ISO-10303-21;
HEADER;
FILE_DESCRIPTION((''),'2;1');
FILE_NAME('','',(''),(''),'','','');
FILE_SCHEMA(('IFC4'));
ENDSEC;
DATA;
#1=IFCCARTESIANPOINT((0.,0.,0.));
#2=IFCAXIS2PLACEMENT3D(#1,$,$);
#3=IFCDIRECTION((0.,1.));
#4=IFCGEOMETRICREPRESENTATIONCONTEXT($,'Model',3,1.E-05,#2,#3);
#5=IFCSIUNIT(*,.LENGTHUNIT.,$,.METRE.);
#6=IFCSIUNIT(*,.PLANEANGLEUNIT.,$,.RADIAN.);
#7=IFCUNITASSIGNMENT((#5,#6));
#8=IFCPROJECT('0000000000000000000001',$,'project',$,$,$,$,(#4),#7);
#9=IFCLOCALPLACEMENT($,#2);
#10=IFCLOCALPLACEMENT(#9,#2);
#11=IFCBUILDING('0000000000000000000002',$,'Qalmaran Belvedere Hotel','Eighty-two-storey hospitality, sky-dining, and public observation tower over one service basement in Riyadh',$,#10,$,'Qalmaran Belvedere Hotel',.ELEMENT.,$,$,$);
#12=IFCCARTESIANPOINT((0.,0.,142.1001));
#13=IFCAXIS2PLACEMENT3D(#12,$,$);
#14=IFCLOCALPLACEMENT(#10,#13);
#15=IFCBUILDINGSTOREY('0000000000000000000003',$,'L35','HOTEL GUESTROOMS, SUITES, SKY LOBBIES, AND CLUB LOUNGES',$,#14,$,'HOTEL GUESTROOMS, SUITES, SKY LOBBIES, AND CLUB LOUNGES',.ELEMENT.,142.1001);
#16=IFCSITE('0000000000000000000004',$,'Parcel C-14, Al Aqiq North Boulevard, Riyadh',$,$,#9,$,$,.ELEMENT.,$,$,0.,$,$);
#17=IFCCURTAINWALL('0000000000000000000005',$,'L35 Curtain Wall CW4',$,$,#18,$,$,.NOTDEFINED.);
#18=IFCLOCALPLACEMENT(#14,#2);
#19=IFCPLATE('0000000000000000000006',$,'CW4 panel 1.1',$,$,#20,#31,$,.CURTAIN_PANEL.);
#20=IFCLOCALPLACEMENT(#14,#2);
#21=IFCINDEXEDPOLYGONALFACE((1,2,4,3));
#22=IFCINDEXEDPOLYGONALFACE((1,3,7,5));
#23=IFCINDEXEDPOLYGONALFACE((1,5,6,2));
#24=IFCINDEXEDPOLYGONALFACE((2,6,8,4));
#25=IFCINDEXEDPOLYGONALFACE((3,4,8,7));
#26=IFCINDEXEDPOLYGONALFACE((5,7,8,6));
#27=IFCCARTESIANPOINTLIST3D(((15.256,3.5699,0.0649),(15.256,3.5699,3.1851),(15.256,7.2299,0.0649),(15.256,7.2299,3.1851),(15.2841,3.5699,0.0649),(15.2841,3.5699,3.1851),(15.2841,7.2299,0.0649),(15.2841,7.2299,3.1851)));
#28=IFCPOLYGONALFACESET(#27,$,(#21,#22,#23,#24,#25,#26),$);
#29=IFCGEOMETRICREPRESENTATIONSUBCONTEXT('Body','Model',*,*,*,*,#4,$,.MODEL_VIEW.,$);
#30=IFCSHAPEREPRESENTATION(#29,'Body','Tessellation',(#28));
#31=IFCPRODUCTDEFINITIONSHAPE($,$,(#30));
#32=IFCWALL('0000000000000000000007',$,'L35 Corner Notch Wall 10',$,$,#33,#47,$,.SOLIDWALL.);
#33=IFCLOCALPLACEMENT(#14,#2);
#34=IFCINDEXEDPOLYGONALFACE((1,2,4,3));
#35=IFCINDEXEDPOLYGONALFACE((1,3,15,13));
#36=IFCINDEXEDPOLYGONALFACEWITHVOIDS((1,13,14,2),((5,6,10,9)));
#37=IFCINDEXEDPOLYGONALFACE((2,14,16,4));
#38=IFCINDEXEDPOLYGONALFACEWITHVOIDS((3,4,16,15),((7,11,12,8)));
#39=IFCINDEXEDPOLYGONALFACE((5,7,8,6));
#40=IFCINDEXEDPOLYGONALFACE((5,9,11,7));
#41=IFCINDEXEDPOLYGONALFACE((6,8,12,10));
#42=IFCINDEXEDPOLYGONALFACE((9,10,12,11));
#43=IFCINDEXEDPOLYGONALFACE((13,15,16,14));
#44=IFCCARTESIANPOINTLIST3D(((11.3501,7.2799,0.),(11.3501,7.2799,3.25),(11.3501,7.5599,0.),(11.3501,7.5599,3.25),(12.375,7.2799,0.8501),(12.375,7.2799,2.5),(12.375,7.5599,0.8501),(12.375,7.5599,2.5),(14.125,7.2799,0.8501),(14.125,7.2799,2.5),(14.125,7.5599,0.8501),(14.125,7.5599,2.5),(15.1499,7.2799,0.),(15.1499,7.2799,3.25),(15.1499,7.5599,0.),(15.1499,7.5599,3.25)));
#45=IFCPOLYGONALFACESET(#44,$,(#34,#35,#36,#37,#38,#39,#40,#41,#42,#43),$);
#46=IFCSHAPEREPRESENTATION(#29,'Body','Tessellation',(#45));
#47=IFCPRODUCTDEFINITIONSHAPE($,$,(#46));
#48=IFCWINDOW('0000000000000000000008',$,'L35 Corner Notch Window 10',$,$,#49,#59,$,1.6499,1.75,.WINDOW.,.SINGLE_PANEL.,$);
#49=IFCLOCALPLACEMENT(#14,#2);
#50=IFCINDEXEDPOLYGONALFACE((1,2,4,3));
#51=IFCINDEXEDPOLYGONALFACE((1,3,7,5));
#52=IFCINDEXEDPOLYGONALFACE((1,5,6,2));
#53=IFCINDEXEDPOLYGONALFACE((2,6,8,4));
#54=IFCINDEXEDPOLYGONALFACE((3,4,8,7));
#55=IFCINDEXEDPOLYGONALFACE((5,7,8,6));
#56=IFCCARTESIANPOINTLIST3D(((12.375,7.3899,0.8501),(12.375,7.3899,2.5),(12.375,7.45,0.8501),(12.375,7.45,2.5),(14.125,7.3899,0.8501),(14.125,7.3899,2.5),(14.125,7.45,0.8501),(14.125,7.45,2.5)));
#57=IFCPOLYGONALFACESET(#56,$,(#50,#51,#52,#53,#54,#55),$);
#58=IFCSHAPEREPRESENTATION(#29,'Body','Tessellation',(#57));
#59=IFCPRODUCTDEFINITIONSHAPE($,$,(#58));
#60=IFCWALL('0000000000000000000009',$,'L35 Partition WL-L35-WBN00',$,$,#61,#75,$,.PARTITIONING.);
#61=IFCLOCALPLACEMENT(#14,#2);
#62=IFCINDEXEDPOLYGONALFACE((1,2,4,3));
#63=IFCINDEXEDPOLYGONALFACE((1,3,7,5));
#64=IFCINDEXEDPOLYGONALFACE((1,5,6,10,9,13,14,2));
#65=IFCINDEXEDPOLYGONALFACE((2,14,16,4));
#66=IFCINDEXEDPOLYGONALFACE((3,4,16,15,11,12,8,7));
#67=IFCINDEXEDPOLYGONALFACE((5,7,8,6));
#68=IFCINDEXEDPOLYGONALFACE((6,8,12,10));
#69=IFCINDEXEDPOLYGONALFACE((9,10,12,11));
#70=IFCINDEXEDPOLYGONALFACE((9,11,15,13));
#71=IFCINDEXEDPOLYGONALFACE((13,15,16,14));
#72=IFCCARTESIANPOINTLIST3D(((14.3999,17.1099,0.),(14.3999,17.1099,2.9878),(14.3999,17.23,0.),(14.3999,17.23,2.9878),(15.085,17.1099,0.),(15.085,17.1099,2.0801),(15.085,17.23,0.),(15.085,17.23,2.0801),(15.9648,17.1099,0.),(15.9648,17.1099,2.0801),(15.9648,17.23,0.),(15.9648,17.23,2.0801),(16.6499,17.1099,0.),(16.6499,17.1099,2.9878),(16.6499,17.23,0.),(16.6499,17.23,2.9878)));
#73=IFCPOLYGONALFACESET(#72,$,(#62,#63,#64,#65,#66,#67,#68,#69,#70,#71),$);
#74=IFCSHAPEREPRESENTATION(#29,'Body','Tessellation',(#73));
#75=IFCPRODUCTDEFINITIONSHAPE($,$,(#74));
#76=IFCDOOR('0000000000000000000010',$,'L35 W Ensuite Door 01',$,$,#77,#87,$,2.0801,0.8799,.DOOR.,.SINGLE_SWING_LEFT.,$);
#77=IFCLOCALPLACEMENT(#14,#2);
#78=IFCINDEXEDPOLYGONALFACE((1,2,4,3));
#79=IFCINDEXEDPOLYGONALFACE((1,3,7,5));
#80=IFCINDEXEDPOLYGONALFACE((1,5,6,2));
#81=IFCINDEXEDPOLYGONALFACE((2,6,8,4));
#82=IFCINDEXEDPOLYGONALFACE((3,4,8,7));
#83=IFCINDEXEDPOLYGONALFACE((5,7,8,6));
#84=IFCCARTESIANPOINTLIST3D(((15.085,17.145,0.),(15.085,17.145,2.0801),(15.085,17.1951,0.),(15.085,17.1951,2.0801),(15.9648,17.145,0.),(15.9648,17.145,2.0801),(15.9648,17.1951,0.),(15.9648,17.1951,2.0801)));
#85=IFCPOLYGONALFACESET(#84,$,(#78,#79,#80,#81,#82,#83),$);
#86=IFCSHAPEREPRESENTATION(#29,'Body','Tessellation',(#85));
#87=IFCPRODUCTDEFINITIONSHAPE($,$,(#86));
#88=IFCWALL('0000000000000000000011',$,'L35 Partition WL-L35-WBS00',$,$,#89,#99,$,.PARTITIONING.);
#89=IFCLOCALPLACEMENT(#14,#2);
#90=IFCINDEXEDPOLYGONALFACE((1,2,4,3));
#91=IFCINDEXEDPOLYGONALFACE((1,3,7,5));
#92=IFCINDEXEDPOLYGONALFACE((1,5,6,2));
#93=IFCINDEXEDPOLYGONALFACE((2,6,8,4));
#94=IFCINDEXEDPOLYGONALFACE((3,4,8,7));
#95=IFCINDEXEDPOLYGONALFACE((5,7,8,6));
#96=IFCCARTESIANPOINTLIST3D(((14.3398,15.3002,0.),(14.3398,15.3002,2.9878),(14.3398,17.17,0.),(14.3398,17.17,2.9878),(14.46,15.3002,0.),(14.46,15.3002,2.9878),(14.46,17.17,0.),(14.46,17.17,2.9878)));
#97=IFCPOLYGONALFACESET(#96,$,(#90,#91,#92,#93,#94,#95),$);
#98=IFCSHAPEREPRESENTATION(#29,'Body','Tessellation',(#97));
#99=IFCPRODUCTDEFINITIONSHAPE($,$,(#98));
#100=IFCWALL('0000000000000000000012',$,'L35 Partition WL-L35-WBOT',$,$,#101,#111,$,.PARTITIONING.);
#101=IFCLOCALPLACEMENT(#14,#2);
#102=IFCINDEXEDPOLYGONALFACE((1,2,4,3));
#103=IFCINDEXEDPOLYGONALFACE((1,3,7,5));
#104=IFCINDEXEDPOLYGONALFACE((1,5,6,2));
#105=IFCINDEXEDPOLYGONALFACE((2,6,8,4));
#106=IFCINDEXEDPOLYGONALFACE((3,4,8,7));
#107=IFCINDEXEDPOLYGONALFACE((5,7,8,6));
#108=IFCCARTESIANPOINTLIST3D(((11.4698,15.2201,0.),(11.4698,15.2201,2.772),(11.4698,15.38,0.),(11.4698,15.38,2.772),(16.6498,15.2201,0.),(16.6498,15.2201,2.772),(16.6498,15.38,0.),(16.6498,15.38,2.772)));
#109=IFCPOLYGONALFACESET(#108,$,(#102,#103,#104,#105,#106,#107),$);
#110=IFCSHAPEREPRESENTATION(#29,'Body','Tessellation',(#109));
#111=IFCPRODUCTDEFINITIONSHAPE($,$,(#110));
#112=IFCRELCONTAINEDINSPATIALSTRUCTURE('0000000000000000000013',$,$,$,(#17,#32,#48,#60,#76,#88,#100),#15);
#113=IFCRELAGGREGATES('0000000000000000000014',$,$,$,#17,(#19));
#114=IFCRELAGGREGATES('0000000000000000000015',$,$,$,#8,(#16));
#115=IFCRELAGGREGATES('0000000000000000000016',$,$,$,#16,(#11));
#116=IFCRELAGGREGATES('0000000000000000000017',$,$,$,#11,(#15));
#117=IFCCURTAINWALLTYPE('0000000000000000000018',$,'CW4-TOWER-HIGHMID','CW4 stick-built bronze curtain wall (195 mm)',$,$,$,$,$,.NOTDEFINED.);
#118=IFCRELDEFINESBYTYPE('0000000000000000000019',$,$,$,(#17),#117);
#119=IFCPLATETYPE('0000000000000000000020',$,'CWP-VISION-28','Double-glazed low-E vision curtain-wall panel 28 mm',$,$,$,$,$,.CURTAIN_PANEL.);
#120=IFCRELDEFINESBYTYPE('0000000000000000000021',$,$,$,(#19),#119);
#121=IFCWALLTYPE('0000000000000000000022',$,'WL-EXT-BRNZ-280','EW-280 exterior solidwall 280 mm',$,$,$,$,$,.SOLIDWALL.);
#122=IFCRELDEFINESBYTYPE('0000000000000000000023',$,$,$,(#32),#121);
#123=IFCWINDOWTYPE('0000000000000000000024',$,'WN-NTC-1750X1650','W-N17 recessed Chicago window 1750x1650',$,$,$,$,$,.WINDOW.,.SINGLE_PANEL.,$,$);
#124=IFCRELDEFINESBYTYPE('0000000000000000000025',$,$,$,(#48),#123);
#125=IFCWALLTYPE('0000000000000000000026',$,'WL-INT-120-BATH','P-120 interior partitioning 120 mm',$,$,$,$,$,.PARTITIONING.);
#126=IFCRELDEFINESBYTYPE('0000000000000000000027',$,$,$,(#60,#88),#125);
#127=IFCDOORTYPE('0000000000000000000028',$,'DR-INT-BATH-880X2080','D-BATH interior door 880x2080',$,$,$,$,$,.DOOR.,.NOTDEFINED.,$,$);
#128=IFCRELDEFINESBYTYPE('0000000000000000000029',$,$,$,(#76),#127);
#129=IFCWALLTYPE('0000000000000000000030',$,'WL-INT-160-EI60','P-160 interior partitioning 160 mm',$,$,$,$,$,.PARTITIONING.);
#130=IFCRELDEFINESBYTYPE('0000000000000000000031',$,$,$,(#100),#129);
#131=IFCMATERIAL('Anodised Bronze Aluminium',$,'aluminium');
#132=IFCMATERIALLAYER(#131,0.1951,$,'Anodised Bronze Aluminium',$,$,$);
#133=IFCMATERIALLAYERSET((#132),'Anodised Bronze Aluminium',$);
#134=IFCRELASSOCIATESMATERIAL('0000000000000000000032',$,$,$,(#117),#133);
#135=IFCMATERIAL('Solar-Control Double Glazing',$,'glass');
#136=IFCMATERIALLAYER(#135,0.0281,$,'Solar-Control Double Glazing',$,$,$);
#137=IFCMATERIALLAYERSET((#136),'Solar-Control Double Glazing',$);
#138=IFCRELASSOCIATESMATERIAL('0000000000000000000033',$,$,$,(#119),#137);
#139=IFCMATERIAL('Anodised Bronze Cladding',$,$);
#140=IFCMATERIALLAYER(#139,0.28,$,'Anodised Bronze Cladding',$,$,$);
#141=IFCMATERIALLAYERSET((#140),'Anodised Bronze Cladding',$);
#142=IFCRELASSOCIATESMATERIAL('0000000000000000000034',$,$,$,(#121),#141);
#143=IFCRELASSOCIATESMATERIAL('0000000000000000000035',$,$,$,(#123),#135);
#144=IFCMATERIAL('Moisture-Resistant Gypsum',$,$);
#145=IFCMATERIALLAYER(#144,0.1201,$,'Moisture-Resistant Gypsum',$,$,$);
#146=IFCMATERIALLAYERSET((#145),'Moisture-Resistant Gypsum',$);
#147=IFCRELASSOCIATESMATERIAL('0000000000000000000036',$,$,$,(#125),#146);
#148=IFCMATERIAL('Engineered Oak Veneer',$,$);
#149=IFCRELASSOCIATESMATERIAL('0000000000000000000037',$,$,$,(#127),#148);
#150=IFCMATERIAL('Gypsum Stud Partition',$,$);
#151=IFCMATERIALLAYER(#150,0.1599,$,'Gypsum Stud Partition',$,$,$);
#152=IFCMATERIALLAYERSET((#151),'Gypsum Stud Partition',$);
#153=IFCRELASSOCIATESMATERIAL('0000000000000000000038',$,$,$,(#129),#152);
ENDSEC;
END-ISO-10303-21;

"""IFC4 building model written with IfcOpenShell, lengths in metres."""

from ifc_helpers import new_model, si_unit, direction, frame, frame_2d, origin, origin_2d, place, context, subcontext, project, spatial, rectangle, extrude, material, layer, layer_set, type_object, element, fill, aggregate, save


model = new_model("IFC4")

# Units and contexts
model_context = context("Model", 3, precision=1e-05, world=origin(), true_north=direction((0.0, 1.0)))
body_context = subcontext(model_context, "Body", "Model", "MODEL_VIEW")
ifc_project = project(units=[si_unit("LENGTHUNIT", "METRE"), si_unit("PLANEANGLEUNIT", "RADIAN")], contexts=[model_context])

# Site, building, storey
site_placement = place(None, origin())
site = spatial("IfcSite", under=ifc_project, at=site_placement, Name="Parcel C-14, Al Aqiq North Boulevard, Riyadh", CompositionType="ELEMENT", RefElevation=0.0)
building_placement = place(site_placement, origin())
building = spatial("IfcBuilding", under=site, at=building_placement, Name="Qalmaran Belvedere Hotel", Description="Eighty-two-storey hospitality, sky-dining, and public observation tower over one service basement in Riyadh", LongName="Qalmaran Belvedere Hotel", CompositionType="ELEMENT")
storey_placement = place(building_placement, frame((0.0, 0.0, 142.1001)))
storey = spatial("IfcBuildingStorey", under=building, at=storey_placement, Name="L35", Description="HOTEL GUESTROOMS, SUITES, SKY LOBBIES, AND CLUB LOUNGES", LongName="HOTEL GUESTROOMS, SUITES, SKY LOBBIES, AND CLUB LOUNGES", CompositionType="ELEMENT", Elevation=142.1001)

# Shared definitions
ifc_material_1 = material(Name="Anodised Bronze Aluminium", Category="aluminium")
ifc_layer_1 = layer(ifc_material_1, 0.1951, Name="Anodised Bronze Aluminium")
ifc_layer_set_1 = layer_set([ifc_layer_1], Name="Anodised Bronze Aluminium")
curtain_wall_type = type_object("IfcCurtainWallType", Name="CW4-TOWER-HIGHMID", Description="CW4 stick-built bronze curtain wall (195 mm)", PredefinedType="NOTDEFINED", material=ifc_layer_set_1)

# Curtain wall
curtain_wall_1_placement = place(storey_placement, origin())
curtain_wall_1 = element("IfcCurtainWall", 1, at=curtain_wall_1_placement, inside=storey, type_object=curtain_wall_type, Name="L35 Curtain Wall CW4", PredefinedType="NOTDEFINED")

# Plate
ifc_material_2 = material(Name="Solar-Control Double Glazing", Category="glass")
ifc_layer_2 = layer(ifc_material_2, 0.0281, Name="Solar-Control Double Glazing")
ifc_layer_set_2 = layer_set([ifc_layer_2], Name="Solar-Control Double Glazing")
plate_type = type_object("IfcPlateType", Name="CWP-VISION-28", Description="Double-glazed low-E vision curtain-wall panel 28 mm", PredefinedType="CURTAIN_PANEL", material=ifc_layer_set_2)
plate_1_placement = place(storey_placement, frame((15.27, 5.3999, 0.0649), z_axis=(0.0, 0.0, 1.0), x_axis=(0.0, -1.0, 0.0)))
plate_1 = element("IfcPlate", 2, at=plate_1_placement, type_object=plate_type, Name="CW4 panel 1.1", PredefinedType="CURTAIN_PANEL", context=body_context, shape_type="SweptSolid", body=[
    extrude(rectangle(XDim=3.6599, YDim=0.0281, at=origin_2d()), origin(), (0.0, 0.0, 1.0), 3.1201),
])
aggregate(curtain_wall_1, [plate_1])

# Wall, opening, window
ifc_material_3 = material(Name="Anodised Bronze Cladding")
ifc_layer_3 = layer(ifc_material_3, 0.28, Name="Anodised Bronze Cladding")
ifc_layer_set_3 = layer_set([ifc_layer_3], Name="Anodised Bronze Cladding")
wall_type_1 = type_object("IfcWallType", Name="WL-EXT-BRNZ-280", Description="EW-280 exterior solidwall 280 mm", PredefinedType="SOLIDWALL", material=ifc_layer_set_3)
wall_1_placement = place(storey_placement, frame((11.3501, 7.4199, 0.0), z_axis=(0.0, 0.0, 1.0), x_axis=(1.0, 0.0, 0.0)))
wall_1 = element("IfcWall", 3, at=wall_1_placement, inside=storey, type_object=wall_type_1, Name="L35 Corner Notch Wall 10", PredefinedType="SOLIDWALL", context=body_context, shape_type="SweptSolid", body=[
    extrude(rectangle(XDim=3.7998, YDim=0.28, at=frame_2d((1.8999, 0.0))), origin(), (0.0, 0.0, 1.0), 3.25),
])
opening_1_placement = place(wall_1_placement, frame((1.0249, 0.0, 0.8501)))
opening_1 = element("IfcOpeningElement", 4, at=opening_1_placement, cuts=wall_1, PredefinedType="OPENING", context=body_context, shape_type="SweptSolid", body=[
    extrude(rectangle(XDim=1.75, YDim=1.6499, at=frame_2d((0.875, 0.825))), frame((0.0, 0.1499, 0.0), z_axis=(0.0, -1.0, 0.0), x_axis=(1.0, 0.0, 0.0)), (0.0, 0.0, 1.0), 0.3),
])
window_type = type_object("IfcWindowType", Name="WN-NTC-1750X1650", Description="W-N17 recessed Chicago window 1750x1650", PartitioningType="SINGLE_PANEL", PredefinedType="WINDOW", material=ifc_material_2)
window_placement = place(opening_1_placement, origin())
window = element("IfcWindow", 5, at=window_placement, inside=storey, type_object=window_type, Name="L35 Corner Notch Window 10", OverallHeight=1.6499, OverallWidth=1.75, PartitioningType="SINGLE_PANEL", PredefinedType="WINDOW", context=body_context, shape_type="SweptSolid", body=[
    extrude(rectangle(XDim=1.75, YDim=1.6499, at=frame_2d((0.875, 0.825))), frame((0.0, 0.03, 0.0), z_axis=(0.0, -1.0, 0.0), x_axis=(1.0, 0.0, 0.0)), (0.0, 0.0, 1.0), 0.0601),
])
fill(opening_1, window)

# Wall, opening, door
ifc_material_4 = material(Name="Moisture-Resistant Gypsum")
ifc_layer_4 = layer(ifc_material_4, 0.1201, Name="Moisture-Resistant Gypsum")
ifc_layer_set_4 = layer_set([ifc_layer_4], Name="Moisture-Resistant Gypsum")
wall_type_2 = type_object("IfcWallType", Name="WL-INT-120-BATH", Description="P-120 interior partitioning 120 mm", PredefinedType="PARTITIONING", material=ifc_layer_set_4)
wall_2_placement = place(storey_placement, frame((14.3999, 17.1699, 0.0), z_axis=(0.0, 0.0, 1.0), x_axis=(1.0, 0.0, 0.0)))
wall_2 = element("IfcWall", 6, at=wall_2_placement, inside=storey, type_object=wall_type_2, Name="L35 Partition WL-L35-WBN00", PredefinedType="PARTITIONING", context=body_context, shape_type="SweptSolid", body=[
    extrude(rectangle(XDim=2.25, YDim=0.1201, at=frame_2d((1.125, 0.0))), origin(), (0.0, 0.0, 1.0), 2.9878),
])
opening_2_placement = place(wall_2_placement, frame((1.5649, 0.0, 0.0), z_axis=(0.0, 0.0, 1.0), x_axis=(-1.0, 0.0, 0.0)))
opening_2 = element("IfcOpeningElement", 7, at=opening_2_placement, cuts=wall_2, PredefinedType="OPENING", context=body_context, shape_type="SweptSolid", body=[
    extrude(rectangle(XDim=0.8799, YDim=2.0801, at=frame_2d((0.4399, 1.04))), frame((0.0, 0.0701, 0.0), z_axis=(0.0, -1.0, 0.0), x_axis=(1.0, 0.0, 0.0)), (0.0, 0.0, 1.0), 0.1401),
])
ifc_material_5 = material(Name="Engineered Oak Veneer")
door_type = type_object("IfcDoorType", Name="DR-INT-BATH-880X2080", Description="D-BATH interior door 880x2080", OperationType="NOTDEFINED", PredefinedType="DOOR", material=ifc_material_5)
door_placement = place(opening_2_placement, origin())
door = element("IfcDoor", 8, at=door_placement, inside=storey, type_object=door_type, Name="L35 W Ensuite Door 01", OperationType="SINGLE_SWING_LEFT", OverallHeight=2.0801, OverallWidth=0.8799, PredefinedType="DOOR", context=body_context, shape_type="SweptSolid", body=[
    extrude(rectangle(XDim=0.8799, YDim=2.0801, at=frame_2d((0.4399, 1.04))), frame((0.0, 0.0249, 0.0), z_axis=(0.0, -1.0, 0.0), x_axis=(1.0, 0.0, 0.0)), (0.0, 0.0, 1.0), 0.05),
])
fill(opening_2, door)

# Walls
wall_3_placement = place(storey_placement, frame((14.3999, 15.3, 0.0), z_axis=(0.0, 0.0, 1.0), x_axis=(0.0, 1.0, 0.0)))
element("IfcWall", 9, at=wall_3_placement, inside=storey, type_object=wall_type_2, Name="L35 Partition WL-L35-WBS00", PredefinedType="PARTITIONING", context=body_context, shape_type="SweptSolid", body=[
    extrude(rectangle(XDim=1.8699, YDim=0.1201, at=frame_2d((0.9351, 0.0))), origin(), (0.0, 0.0, 1.0), 2.9878),
])
ifc_material_6 = material(Name="Gypsum Stud Partition")
ifc_layer_5 = layer(ifc_material_6, 0.1599, Name="Gypsum Stud Partition")
ifc_layer_set_5 = layer_set([ifc_layer_5], Name="Gypsum Stud Partition")
wall_type_3 = type_object("IfcWallType", Name="WL-INT-160-EI60", Description="P-160 interior partitioning 160 mm", PredefinedType="PARTITIONING", material=ifc_layer_set_5)
wall_4_placement = place(storey_placement, frame((11.47, 15.3, 0.0), z_axis=(0.0, 0.0, 1.0), x_axis=(1.0, 0.0, 0.0)))
element("IfcWall", 10, at=wall_4_placement, inside=storey, type_object=wall_type_3, Name="L35 Partition WL-L35-WBOT", PredefinedType="PARTITIONING", context=body_context, shape_type="SweptSolid", body=[
    extrude(rectangle(XDim=5.1799, YDim=0.1599, at=frame_2d((2.5898, 0.0))), origin(), (0.0, 0.0, 1.0), 2.772),
])

save(model, "model.ifc")
